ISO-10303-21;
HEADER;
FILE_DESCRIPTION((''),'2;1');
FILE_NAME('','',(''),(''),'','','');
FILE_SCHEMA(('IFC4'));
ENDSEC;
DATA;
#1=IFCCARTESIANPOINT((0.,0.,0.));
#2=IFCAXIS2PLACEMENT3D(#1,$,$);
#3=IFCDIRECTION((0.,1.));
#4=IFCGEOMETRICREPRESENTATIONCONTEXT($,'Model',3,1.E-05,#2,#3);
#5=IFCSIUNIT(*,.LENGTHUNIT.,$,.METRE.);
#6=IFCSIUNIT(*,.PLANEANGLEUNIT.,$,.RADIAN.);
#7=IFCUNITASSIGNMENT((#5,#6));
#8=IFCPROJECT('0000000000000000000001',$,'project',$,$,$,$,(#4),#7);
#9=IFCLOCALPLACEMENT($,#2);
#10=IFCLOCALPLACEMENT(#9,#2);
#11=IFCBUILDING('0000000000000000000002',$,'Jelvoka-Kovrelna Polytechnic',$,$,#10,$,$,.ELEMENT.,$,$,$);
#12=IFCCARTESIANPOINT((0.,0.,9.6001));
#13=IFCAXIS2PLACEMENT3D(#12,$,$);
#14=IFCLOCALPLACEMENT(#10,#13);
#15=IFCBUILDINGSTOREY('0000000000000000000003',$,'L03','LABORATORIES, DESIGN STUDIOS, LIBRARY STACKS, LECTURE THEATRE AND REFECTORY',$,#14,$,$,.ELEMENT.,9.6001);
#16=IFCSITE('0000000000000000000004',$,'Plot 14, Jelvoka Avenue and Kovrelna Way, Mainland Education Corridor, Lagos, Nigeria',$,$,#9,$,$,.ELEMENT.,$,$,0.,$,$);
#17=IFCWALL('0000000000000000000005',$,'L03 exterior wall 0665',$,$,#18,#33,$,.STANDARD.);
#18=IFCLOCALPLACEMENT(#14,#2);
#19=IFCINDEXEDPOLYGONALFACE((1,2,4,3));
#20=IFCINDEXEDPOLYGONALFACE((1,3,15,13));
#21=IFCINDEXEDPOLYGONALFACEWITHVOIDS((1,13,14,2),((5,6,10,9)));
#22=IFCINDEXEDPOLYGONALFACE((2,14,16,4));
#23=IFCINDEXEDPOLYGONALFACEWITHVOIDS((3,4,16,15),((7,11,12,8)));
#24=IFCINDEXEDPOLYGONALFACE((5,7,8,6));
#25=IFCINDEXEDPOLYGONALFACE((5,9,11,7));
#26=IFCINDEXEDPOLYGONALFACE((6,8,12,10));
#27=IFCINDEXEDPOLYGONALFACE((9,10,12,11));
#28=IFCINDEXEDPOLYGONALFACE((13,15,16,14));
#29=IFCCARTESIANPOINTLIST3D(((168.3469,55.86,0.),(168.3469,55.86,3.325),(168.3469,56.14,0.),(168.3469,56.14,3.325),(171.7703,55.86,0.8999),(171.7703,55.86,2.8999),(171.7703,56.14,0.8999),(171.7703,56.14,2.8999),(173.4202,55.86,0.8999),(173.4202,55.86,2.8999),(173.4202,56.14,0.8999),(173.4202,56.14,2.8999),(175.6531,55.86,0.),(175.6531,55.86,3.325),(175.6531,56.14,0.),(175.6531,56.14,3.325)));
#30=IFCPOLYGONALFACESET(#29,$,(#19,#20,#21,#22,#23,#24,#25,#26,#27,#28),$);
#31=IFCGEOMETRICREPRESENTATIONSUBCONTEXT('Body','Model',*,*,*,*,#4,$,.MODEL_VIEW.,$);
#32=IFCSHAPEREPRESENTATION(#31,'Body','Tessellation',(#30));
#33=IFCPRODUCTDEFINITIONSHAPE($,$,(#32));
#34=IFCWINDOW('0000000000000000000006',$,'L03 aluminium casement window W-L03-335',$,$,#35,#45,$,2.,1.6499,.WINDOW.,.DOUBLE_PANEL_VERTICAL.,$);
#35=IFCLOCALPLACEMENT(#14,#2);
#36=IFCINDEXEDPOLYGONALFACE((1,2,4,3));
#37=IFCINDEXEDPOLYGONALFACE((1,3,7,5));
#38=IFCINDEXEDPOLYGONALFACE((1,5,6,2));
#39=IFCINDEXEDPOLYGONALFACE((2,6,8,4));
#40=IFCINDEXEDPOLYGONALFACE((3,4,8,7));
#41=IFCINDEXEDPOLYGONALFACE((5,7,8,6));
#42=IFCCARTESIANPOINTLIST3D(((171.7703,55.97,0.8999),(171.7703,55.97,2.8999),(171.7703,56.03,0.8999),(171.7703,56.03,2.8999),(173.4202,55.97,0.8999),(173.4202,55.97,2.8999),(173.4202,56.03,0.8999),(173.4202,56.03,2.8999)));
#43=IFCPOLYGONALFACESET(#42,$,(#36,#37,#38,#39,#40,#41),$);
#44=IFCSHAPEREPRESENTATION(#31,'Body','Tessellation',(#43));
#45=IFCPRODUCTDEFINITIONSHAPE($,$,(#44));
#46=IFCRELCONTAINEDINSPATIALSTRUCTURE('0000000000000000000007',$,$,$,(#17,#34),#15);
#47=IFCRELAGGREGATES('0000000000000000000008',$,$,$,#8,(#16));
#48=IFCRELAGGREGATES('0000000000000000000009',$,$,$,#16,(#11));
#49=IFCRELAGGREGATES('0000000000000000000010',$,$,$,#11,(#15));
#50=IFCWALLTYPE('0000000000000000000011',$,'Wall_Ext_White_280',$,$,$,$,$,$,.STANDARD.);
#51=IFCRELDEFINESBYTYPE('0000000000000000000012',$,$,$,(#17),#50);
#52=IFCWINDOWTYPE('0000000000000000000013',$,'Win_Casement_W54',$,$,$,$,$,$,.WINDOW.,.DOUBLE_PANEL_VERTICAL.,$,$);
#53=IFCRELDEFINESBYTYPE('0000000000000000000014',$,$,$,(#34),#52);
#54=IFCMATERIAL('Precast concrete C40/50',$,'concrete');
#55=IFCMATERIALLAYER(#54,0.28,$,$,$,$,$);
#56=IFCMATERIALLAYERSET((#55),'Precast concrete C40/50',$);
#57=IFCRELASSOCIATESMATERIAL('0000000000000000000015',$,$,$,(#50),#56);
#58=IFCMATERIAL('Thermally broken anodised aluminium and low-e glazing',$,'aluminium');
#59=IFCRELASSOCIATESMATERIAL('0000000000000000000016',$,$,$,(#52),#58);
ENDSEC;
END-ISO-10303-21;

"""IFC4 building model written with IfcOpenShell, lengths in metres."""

from ifc_helpers import new_model, si_unit, direction, frame, frame_2d, origin, place, context, subcontext, project, spatial, rectangle, extrude, material, layer, layer_set, type_object, element, fill, save


model = new_model("IFC4")

# Units and contexts
model_context = context("Model", 3, precision=1e-05, world=origin(), true_north=direction((0.0, 1.0)))
body_context = subcontext(model_context, "Body", "Model", "MODEL_VIEW")
ifc_project = project(units=[si_unit("LENGTHUNIT", "METRE"), si_unit("PLANEANGLEUNIT", "RADIAN")], contexts=[model_context])

# Site, building, storey
site_placement = place(None, origin())
site = spatial("IfcSite", under=ifc_project, at=site_placement, Name="Plot 14, Jelvoka Avenue and Kovrelna Way, Mainland Education Corridor, Lagos, Nigeria", CompositionType="ELEMENT", RefElevation=0.0)
building_placement = place(site_placement, origin())
building = spatial("IfcBuilding", under=site, at=building_placement, Name="Jelvoka-Kovrelna Polytechnic", CompositionType="ELEMENT")
storey_placement = place(building_placement, frame((0.0, 0.0, 9.6001)))
storey = spatial("IfcBuildingStorey", under=building, at=storey_placement, Name="L03", Description="LABORATORIES, DESIGN STUDIOS, LIBRARY STACKS, LECTURE THEATRE AND REFECTORY", CompositionType="ELEMENT", Elevation=9.6001)

# Wall, opening, window
ifc_material_1 = material(Name="Precast concrete C40/50", Category="concrete")
ifc_layer_1 = layer(ifc_material_1, 0.28)
ifc_layer_set_1 = layer_set([ifc_layer_1], Name="Precast concrete C40/50")
wall_type_1 = type_object("IfcWallType", Name="Wall_Ext_White_280", PredefinedType="STANDARD", material=ifc_layer_set_1)
wall_1_placement = place(storey_placement, frame((175.6531, 56.0, 0.0), z_axis=(0.0, 0.0, 1.0), x_axis=(-1.0, 0.0, 0.0)))
wall_1 = element("IfcWall", 1, at=wall_1_placement, inside=storey, type_object=wall_type_1, Name="L03 exterior wall 0665", PredefinedType="STANDARD", context=body_context, shape_type="SweptSolid", body=[
    extrude(rectangle(XDim=7.3062, YDim=0.28, at=frame_2d((3.6531, 0.0))), origin(), (0.0, 0.0, 1.0), 3.325),
])
opening_1_placement = place(wall_1_placement, frame((2.2329, 0.0, 0.8999)))
opening_1 = element("IfcOpeningElement", 2, at=opening_1_placement, cuts=wall_1, PredefinedType="OPENING", context=body_context, shape_type="SweptSolid", body=[
    extrude(rectangle(XDim=1.6499, YDim=2.0, at=frame_2d((0.825, 1.0))), frame((0.0, 0.1501, 0.0), z_axis=(0.0, -1.0, 0.0), x_axis=(1.0, 0.0, 0.0)), (0.0, 0.0, 1.0), 0.3),
])
ifc_material_2 = material(Name="Thermally broken anodised aluminium and low-e glazing", Category="aluminium")
window_type = type_object("IfcWindowType", Name="Win_Casement_W54", PartitioningType="DOUBLE_PANEL_VERTICAL", PredefinedType="WINDOW", material=ifc_material_2)
window_placement = place(opening_1_placement, origin())
window = element("IfcWindow", 3, at=window_placement, inside=storey, type_object=window_type, Name="L03 aluminium casement window W-L03-335", OverallHeight=2.0, OverallWidth=1.6499, PartitioningType="DOUBLE_PANEL_VERTICAL", PredefinedType="WINDOW", context=body_context, shape_type="SweptSolid", body=[
    extrude(rectangle(XDim=1.6499, YDim=2.0, at=frame_2d((0.825, 1.0))), frame((0.0, 0.03, 0.0), z_axis=(0.0, -1.0, 0.0), x_axis=(1.0, 0.0, 0.0)), (0.0, 0.0, 1.0), 0.0601),
])
fill(opening_1, window)

save(model, "model.ifc")
